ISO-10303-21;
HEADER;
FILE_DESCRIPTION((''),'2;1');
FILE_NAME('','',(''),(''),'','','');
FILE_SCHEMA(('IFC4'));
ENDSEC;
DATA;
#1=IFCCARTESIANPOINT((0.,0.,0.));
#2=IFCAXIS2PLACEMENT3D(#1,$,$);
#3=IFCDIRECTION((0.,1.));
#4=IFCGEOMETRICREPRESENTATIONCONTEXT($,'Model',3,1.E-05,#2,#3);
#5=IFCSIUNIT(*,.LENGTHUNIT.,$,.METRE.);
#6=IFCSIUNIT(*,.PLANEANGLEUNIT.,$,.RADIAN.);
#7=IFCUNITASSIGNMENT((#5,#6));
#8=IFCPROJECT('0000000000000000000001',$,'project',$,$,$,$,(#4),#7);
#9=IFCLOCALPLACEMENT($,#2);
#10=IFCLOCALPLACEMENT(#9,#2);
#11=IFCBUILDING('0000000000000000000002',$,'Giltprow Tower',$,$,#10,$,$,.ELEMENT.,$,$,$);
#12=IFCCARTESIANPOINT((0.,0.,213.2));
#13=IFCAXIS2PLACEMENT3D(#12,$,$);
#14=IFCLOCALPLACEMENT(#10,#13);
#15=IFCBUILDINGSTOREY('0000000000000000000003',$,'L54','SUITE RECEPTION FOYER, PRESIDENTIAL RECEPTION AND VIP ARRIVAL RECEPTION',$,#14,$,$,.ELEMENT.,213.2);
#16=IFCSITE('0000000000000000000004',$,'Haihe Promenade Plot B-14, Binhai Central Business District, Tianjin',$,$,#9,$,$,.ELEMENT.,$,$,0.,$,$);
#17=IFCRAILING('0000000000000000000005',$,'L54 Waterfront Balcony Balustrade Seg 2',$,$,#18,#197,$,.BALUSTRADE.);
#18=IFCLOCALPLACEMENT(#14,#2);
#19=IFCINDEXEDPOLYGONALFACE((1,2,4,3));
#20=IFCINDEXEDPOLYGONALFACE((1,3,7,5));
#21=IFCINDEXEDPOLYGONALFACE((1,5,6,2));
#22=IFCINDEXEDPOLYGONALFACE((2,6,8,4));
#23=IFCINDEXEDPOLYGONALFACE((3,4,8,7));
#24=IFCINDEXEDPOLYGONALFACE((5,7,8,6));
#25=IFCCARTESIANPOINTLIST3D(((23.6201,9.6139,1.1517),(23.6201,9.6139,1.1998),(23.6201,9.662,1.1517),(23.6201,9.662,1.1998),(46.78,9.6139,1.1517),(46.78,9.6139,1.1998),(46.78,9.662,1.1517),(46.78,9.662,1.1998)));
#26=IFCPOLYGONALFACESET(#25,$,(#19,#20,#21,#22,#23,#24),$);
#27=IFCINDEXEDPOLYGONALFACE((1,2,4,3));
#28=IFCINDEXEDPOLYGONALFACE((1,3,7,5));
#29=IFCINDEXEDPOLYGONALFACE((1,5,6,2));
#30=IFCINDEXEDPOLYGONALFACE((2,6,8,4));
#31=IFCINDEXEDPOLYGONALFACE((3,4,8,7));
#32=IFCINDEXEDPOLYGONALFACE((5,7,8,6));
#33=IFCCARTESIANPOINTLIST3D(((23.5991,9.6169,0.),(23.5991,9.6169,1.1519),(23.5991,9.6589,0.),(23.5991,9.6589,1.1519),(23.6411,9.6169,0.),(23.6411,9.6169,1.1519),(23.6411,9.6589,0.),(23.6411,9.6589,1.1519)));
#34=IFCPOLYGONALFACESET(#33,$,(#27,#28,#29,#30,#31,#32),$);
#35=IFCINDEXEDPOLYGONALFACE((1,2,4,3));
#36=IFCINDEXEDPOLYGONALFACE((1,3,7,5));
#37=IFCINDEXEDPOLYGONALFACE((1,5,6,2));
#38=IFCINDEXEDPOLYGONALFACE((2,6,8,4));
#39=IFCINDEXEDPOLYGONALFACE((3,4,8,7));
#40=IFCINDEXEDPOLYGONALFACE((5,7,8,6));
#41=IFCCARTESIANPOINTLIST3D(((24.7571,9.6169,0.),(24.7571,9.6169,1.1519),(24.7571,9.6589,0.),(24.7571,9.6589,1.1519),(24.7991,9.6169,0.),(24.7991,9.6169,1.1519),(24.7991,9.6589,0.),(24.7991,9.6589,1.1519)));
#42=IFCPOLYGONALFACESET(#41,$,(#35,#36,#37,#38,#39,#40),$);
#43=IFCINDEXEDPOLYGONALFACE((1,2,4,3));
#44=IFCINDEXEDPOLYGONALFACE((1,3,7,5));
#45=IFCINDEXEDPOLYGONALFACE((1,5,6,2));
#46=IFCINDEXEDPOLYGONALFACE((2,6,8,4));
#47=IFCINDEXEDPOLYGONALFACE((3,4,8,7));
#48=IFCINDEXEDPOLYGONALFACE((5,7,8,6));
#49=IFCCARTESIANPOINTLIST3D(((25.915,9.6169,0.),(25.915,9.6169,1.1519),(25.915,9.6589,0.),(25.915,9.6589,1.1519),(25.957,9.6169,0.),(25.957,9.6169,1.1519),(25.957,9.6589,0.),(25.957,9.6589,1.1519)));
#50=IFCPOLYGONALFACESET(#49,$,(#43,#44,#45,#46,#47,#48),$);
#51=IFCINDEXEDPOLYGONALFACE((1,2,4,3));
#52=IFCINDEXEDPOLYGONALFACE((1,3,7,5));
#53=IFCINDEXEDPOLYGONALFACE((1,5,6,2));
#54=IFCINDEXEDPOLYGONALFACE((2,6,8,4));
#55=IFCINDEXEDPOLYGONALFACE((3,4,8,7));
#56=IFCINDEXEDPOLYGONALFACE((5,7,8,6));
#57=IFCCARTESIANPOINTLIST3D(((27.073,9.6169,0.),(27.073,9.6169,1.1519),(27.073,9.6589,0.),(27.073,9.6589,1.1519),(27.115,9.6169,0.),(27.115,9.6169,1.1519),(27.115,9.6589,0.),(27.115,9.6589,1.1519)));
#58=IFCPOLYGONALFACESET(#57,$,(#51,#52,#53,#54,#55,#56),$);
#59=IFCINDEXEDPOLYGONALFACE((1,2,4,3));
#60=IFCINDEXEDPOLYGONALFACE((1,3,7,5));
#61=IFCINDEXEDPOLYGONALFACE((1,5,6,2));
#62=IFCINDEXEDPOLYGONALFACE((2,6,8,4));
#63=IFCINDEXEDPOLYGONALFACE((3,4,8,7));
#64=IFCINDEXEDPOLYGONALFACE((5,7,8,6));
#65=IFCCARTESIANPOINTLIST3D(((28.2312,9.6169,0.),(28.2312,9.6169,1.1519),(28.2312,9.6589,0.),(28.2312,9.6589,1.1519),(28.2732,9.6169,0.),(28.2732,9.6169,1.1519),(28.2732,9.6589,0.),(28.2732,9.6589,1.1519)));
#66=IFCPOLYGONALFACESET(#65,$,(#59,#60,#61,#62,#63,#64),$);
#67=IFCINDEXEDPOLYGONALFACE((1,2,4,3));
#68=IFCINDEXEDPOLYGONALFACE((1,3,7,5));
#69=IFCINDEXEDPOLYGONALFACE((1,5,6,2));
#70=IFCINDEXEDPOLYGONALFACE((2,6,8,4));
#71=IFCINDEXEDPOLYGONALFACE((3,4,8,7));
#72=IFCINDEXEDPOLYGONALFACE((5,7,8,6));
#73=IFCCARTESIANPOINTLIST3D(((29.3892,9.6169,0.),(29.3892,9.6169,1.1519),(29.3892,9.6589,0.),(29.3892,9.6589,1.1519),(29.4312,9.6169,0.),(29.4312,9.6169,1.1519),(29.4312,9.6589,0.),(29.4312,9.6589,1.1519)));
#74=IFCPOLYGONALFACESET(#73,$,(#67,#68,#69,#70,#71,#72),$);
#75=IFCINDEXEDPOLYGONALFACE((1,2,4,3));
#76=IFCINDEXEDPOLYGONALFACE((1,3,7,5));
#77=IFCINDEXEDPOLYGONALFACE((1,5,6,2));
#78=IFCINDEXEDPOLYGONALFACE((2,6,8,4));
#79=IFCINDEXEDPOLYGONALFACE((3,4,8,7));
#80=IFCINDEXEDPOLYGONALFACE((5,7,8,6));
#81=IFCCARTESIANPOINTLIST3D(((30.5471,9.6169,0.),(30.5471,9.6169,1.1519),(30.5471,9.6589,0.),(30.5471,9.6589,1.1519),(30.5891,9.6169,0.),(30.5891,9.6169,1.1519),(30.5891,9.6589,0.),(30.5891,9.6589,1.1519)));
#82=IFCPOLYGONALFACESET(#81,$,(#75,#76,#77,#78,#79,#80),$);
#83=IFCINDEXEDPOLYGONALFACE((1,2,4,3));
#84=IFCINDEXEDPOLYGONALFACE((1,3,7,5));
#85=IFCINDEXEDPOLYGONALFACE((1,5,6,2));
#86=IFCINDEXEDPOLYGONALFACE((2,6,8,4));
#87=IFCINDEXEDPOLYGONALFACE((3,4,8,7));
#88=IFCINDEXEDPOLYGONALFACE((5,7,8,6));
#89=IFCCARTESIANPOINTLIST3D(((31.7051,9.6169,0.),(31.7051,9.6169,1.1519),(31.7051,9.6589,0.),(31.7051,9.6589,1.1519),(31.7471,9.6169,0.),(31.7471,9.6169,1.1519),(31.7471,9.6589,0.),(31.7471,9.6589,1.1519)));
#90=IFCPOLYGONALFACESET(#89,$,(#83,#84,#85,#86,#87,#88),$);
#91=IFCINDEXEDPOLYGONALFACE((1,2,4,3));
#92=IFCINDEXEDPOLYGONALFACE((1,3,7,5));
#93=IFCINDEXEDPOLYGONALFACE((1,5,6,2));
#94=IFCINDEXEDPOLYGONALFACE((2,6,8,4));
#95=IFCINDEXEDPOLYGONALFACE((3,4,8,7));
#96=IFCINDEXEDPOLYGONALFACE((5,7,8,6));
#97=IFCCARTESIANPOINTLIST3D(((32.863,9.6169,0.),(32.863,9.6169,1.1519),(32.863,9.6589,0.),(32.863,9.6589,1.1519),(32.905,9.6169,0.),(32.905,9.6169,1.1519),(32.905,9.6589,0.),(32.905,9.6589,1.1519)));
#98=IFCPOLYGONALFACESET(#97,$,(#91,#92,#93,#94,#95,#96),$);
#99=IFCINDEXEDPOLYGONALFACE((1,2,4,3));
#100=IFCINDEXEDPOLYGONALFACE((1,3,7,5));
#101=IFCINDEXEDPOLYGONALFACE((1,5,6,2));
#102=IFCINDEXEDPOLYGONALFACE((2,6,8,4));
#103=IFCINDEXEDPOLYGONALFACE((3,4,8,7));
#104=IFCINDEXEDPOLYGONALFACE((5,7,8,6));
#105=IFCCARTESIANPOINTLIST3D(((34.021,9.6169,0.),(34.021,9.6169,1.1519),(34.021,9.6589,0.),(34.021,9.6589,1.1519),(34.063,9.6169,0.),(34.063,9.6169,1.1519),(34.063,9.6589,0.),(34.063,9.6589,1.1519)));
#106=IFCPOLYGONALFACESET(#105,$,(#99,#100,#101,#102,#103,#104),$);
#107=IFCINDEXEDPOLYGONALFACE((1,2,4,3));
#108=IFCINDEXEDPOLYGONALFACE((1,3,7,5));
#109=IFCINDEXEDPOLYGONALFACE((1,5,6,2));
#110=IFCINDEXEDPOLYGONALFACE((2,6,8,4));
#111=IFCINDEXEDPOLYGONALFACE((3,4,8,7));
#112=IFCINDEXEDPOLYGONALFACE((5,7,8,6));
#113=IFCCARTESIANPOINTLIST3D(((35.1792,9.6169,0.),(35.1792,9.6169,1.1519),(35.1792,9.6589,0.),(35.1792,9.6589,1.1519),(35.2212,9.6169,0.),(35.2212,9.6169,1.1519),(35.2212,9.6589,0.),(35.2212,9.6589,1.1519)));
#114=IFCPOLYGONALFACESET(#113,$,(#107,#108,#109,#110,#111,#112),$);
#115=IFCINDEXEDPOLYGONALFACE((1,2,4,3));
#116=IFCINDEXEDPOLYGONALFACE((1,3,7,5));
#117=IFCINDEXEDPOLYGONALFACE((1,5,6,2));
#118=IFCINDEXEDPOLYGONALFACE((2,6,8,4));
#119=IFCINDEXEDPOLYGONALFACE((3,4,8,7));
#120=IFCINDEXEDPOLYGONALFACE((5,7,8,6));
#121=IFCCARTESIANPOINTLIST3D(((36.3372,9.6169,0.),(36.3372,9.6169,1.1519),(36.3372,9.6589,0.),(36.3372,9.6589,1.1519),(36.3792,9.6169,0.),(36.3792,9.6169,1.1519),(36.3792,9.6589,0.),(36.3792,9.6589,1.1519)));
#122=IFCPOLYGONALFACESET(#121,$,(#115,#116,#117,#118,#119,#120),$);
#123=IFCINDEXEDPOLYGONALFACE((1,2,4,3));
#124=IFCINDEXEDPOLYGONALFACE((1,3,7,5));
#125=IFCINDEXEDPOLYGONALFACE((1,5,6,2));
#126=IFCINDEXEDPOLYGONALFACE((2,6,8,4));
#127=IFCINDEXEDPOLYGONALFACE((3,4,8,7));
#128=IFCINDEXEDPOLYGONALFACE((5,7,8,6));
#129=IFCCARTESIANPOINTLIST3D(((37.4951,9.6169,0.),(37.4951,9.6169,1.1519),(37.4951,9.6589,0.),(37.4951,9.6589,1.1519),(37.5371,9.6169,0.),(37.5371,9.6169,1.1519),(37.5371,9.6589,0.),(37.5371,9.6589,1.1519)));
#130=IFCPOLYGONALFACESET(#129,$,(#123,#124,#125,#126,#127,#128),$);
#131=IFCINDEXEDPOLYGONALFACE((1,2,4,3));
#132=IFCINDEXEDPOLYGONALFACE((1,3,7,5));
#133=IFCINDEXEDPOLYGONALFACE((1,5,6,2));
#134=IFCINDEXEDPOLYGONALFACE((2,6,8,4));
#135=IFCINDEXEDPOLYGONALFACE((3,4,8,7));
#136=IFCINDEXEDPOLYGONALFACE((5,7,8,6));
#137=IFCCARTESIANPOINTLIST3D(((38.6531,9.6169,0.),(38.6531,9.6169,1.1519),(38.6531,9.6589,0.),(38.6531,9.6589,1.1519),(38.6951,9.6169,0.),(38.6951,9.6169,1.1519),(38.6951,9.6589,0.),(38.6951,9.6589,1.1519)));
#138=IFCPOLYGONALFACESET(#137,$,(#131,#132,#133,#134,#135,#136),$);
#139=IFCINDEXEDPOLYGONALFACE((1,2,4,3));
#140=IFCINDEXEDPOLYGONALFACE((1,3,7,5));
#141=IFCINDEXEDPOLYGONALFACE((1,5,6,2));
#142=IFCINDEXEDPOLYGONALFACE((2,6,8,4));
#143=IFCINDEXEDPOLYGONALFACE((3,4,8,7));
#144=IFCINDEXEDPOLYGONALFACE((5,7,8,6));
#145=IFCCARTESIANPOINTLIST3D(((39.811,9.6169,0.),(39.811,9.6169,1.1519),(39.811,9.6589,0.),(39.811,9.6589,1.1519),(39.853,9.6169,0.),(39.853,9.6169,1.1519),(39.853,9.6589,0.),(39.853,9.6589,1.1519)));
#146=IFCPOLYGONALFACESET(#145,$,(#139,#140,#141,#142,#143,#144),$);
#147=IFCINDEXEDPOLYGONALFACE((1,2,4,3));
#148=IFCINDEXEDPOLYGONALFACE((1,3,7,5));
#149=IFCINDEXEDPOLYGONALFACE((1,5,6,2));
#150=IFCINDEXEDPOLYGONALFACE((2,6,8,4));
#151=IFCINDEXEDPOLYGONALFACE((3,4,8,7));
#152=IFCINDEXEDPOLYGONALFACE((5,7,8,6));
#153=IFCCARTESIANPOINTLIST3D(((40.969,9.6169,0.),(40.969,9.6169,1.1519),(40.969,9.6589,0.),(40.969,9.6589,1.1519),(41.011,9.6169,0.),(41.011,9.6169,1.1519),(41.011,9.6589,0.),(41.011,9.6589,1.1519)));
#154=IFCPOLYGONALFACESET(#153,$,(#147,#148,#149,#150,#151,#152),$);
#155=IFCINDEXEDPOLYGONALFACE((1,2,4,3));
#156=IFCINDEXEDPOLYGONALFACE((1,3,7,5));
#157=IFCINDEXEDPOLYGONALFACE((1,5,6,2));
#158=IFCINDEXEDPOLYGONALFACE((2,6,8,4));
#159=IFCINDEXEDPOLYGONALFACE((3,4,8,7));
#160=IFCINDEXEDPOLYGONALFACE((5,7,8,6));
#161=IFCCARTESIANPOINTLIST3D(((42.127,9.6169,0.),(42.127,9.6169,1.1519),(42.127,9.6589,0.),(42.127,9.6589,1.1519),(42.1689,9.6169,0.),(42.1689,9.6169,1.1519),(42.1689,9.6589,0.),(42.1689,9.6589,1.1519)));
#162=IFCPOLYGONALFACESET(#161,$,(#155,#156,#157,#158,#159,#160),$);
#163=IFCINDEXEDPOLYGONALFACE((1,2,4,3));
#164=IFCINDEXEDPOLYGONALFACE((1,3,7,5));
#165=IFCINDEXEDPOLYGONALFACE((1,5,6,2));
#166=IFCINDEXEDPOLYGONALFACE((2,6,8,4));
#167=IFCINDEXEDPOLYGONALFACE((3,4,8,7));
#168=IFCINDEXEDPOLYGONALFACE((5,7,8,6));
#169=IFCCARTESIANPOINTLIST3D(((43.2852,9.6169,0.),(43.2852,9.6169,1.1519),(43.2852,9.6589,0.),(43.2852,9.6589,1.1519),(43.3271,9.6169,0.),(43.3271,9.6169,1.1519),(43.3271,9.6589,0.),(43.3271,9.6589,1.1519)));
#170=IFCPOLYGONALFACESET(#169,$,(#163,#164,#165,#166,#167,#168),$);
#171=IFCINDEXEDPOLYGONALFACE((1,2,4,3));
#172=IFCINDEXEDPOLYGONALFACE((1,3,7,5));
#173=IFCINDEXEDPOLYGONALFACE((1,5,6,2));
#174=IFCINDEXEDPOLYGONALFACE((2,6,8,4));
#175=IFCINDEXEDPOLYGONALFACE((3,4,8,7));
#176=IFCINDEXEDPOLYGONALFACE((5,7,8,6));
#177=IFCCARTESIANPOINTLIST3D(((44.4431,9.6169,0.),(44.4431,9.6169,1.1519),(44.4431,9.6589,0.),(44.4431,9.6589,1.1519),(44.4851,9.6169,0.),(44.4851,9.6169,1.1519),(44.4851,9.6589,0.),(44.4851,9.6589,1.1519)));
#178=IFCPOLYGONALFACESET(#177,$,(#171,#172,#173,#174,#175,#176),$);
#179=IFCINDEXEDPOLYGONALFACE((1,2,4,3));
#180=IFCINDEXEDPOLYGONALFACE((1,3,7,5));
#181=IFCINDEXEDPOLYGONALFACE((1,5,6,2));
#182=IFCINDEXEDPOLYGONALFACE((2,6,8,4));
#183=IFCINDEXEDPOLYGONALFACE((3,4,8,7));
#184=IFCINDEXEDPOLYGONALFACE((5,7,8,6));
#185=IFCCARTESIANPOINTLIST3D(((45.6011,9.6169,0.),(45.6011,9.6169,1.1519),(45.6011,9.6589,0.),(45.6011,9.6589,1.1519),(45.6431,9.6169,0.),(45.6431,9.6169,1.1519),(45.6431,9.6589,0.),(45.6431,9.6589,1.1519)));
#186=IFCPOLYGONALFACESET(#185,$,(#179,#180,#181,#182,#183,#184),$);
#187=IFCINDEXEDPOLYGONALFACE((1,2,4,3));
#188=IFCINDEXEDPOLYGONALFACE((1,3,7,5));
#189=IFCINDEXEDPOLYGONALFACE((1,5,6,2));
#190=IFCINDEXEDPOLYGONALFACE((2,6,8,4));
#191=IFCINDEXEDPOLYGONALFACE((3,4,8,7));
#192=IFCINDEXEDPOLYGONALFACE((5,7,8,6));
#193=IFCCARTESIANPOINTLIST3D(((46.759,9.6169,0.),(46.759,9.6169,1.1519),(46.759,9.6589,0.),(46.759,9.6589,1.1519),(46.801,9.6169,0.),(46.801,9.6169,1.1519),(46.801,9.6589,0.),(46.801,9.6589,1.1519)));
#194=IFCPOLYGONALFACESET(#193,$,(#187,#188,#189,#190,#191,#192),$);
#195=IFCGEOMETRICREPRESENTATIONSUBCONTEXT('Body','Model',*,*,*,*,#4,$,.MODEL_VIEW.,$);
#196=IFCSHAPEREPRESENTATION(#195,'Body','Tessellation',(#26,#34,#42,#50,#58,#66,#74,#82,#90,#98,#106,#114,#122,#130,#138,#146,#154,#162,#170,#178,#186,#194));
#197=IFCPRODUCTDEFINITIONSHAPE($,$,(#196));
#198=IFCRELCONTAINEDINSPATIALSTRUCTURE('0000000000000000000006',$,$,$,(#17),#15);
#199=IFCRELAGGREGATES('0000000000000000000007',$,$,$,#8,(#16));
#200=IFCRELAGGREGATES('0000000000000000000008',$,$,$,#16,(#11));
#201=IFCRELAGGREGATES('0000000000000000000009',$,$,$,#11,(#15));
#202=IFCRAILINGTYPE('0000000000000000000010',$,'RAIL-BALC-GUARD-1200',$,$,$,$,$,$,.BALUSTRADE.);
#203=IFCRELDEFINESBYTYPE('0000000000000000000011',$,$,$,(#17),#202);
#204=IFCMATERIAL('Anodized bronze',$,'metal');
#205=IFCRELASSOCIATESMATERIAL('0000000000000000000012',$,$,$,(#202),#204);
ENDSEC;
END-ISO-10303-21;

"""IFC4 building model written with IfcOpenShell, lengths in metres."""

from ifc_helpers import new_model, si_unit, direction, frame, origin, origin_2d, place, context, subcontext, project, spatial, rectangle, extrude, material, type_object, element, save


model = new_model("IFC4")

# Units and contexts
model_context = context("Model", 3, precision=1e-05, world=origin(), true_north=direction((0.0, 1.0)))
body_context = subcontext(model_context, "Body", "Model", "MODEL_VIEW")
ifc_project = project(units=[si_unit("LENGTHUNIT", "METRE"), si_unit("PLANEANGLEUNIT", "RADIAN")], contexts=[model_context])

# Site, building, storey
site_placement = place(None, origin())
site = spatial("IfcSite", under=ifc_project, at=site_placement, Name="Haihe Promenade Plot B-14, Binhai Central Business District, Tianjin", CompositionType="ELEMENT", RefElevation=0.0)
building_placement = place(site_placement, origin())
building = spatial("IfcBuilding", under=site, at=building_placement, Name="Giltprow Tower", CompositionType="ELEMENT")
storey_placement = place(building_placement, frame((0.0, 0.0, 213.2)))
storey = spatial("IfcBuildingStorey", under=building, at=storey_placement, Name="L54", Description="SUITE RECEPTION FOYER, PRESIDENTIAL RECEPTION AND VIP ARRIVAL RECEPTION", CompositionType="ELEMENT", Elevation=213.2)

# Railing
ifc_material_1 = material(Name="Anodized bronze", Category="metal")
railing_type = type_object("IfcRailingType", Name="RAIL-BALC-GUARD-1200", PredefinedType="BALUSTRADE", material=ifc_material_1)
railing_1_placement = place(storey_placement, frame((23.6201, 9.6379, 0.0)))
element("IfcRailing", 1, at=railing_1_placement, inside=storey, type_object=railing_type, Name="L54 Waterfront Balcony Balustrade Seg 2", PredefinedType="BALUSTRADE", context=body_context, shape_type="SweptSolid", body=[
    extrude(rectangle(XDim=0.0481, YDim=0.0481, at=origin_2d()), frame((0.0, 0.0, 1.1758), z_axis=(1.0, 0.0, 0.0), x_axis=(0.0, 1.0, 0.0)), (0.0, 0.0, 1.0), 23.1599),
    extrude(rectangle(XDim=0.042, YDim=0.042, at=origin_2d()), origin(), (0.0, 0.0, 1.0), 1.1519),
    extrude(rectangle(XDim=0.042, YDim=0.042, at=origin_2d()), frame((1.158, 0.0, 0.0)), (0.0, 0.0, 1.0), 1.1519),
    extrude(rectangle(XDim=0.042, YDim=0.042, at=origin_2d()), frame((2.3159, 0.0, 0.0)), (0.0, 0.0, 1.0), 1.1519),
    extrude(rectangle(XDim=0.042, YDim=0.042, at=origin_2d()), frame((3.4739, 0.0, 0.0)), (0.0, 0.0, 1.0), 1.1519),
    extrude(rectangle(XDim=0.042, YDim=0.042, at=origin_2d()), frame((4.6321, 0.0, 0.0)), (0.0, 0.0, 1.0), 1.1519),
    extrude(rectangle(XDim=0.042, YDim=0.042, at=origin_2d()), frame((5.79, 0.0, 0.0)), (0.0, 0.0, 1.0), 1.1519),
    extrude(rectangle(XDim=0.042, YDim=0.042, at=origin_2d()), frame((6.948, 0.0, 0.0)), (0.0, 0.0, 1.0), 1.1519),
    extrude(rectangle(XDim=0.042, YDim=0.042, at=origin_2d()), frame((8.106, 0.0, 0.0)), (0.0, 0.0, 1.0), 1.1519),
    extrude(rectangle(XDim=0.042, YDim=0.042, at=origin_2d()), frame((9.2639, 0.0, 0.0)), (0.0, 0.0, 1.0), 1.1519),
    extrude(rectangle(XDim=0.042, YDim=0.042, at=origin_2d()), frame((10.4219, 0.0, 0.0)), (0.0, 0.0, 1.0), 1.1519),
    extrude(rectangle(XDim=0.042, YDim=0.042, at=origin_2d()), frame((11.5801, 0.0, 0.0)), (0.0, 0.0, 1.0), 1.1519),
    extrude(rectangle(XDim=0.042, YDim=0.042, at=origin_2d()), frame((12.738, 0.0, 0.0)), (0.0, 0.0, 1.0), 1.1519),
    extrude(rectangle(XDim=0.042, YDim=0.042, at=origin_2d()), frame((13.896, 0.0, 0.0)), (0.0, 0.0, 1.0), 1.1519),
    extrude(rectangle(XDim=0.042, YDim=0.042, at=origin_2d()), frame((15.054, 0.0, 0.0)), (0.0, 0.0, 1.0), 1.1519),
    extrude(rectangle(XDim=0.042, YDim=0.042, at=origin_2d()), frame((16.2119, 0.0, 0.0)), (0.0, 0.0, 1.0), 1.1519),
    extrude(rectangle(XDim=0.042, YDim=0.042, at=origin_2d()), frame((17.3699, 0.0, 0.0)), (0.0, 0.0, 1.0), 1.1519),
    extrude(rectangle(XDim=0.042, YDim=0.042, at=origin_2d()), frame((18.5278, 0.0, 0.0)), (0.0, 0.0, 1.0), 1.1519),
    extrude(rectangle(XDim=0.042, YDim=0.042, at=origin_2d()), frame((19.686, 0.0, 0.0)), (0.0, 0.0, 1.0), 1.1519),
    extrude(rectangle(XDim=0.042, YDim=0.042, at=origin_2d()), frame((20.844, 0.0, 0.0)), (0.0, 0.0, 1.0), 1.1519),
    extrude(rectangle(XDim=0.042, YDim=0.042, at=origin_2d()), frame((22.002, 0.0, 0.0)), (0.0, 0.0, 1.0), 1.1519),
    extrude(rectangle(XDim=0.042, YDim=0.042, at=origin_2d()), frame((23.1599, 0.0, 0.0)), (0.0, 0.0, 1.0), 1.1519),
])

save(model, "model.ifc")
